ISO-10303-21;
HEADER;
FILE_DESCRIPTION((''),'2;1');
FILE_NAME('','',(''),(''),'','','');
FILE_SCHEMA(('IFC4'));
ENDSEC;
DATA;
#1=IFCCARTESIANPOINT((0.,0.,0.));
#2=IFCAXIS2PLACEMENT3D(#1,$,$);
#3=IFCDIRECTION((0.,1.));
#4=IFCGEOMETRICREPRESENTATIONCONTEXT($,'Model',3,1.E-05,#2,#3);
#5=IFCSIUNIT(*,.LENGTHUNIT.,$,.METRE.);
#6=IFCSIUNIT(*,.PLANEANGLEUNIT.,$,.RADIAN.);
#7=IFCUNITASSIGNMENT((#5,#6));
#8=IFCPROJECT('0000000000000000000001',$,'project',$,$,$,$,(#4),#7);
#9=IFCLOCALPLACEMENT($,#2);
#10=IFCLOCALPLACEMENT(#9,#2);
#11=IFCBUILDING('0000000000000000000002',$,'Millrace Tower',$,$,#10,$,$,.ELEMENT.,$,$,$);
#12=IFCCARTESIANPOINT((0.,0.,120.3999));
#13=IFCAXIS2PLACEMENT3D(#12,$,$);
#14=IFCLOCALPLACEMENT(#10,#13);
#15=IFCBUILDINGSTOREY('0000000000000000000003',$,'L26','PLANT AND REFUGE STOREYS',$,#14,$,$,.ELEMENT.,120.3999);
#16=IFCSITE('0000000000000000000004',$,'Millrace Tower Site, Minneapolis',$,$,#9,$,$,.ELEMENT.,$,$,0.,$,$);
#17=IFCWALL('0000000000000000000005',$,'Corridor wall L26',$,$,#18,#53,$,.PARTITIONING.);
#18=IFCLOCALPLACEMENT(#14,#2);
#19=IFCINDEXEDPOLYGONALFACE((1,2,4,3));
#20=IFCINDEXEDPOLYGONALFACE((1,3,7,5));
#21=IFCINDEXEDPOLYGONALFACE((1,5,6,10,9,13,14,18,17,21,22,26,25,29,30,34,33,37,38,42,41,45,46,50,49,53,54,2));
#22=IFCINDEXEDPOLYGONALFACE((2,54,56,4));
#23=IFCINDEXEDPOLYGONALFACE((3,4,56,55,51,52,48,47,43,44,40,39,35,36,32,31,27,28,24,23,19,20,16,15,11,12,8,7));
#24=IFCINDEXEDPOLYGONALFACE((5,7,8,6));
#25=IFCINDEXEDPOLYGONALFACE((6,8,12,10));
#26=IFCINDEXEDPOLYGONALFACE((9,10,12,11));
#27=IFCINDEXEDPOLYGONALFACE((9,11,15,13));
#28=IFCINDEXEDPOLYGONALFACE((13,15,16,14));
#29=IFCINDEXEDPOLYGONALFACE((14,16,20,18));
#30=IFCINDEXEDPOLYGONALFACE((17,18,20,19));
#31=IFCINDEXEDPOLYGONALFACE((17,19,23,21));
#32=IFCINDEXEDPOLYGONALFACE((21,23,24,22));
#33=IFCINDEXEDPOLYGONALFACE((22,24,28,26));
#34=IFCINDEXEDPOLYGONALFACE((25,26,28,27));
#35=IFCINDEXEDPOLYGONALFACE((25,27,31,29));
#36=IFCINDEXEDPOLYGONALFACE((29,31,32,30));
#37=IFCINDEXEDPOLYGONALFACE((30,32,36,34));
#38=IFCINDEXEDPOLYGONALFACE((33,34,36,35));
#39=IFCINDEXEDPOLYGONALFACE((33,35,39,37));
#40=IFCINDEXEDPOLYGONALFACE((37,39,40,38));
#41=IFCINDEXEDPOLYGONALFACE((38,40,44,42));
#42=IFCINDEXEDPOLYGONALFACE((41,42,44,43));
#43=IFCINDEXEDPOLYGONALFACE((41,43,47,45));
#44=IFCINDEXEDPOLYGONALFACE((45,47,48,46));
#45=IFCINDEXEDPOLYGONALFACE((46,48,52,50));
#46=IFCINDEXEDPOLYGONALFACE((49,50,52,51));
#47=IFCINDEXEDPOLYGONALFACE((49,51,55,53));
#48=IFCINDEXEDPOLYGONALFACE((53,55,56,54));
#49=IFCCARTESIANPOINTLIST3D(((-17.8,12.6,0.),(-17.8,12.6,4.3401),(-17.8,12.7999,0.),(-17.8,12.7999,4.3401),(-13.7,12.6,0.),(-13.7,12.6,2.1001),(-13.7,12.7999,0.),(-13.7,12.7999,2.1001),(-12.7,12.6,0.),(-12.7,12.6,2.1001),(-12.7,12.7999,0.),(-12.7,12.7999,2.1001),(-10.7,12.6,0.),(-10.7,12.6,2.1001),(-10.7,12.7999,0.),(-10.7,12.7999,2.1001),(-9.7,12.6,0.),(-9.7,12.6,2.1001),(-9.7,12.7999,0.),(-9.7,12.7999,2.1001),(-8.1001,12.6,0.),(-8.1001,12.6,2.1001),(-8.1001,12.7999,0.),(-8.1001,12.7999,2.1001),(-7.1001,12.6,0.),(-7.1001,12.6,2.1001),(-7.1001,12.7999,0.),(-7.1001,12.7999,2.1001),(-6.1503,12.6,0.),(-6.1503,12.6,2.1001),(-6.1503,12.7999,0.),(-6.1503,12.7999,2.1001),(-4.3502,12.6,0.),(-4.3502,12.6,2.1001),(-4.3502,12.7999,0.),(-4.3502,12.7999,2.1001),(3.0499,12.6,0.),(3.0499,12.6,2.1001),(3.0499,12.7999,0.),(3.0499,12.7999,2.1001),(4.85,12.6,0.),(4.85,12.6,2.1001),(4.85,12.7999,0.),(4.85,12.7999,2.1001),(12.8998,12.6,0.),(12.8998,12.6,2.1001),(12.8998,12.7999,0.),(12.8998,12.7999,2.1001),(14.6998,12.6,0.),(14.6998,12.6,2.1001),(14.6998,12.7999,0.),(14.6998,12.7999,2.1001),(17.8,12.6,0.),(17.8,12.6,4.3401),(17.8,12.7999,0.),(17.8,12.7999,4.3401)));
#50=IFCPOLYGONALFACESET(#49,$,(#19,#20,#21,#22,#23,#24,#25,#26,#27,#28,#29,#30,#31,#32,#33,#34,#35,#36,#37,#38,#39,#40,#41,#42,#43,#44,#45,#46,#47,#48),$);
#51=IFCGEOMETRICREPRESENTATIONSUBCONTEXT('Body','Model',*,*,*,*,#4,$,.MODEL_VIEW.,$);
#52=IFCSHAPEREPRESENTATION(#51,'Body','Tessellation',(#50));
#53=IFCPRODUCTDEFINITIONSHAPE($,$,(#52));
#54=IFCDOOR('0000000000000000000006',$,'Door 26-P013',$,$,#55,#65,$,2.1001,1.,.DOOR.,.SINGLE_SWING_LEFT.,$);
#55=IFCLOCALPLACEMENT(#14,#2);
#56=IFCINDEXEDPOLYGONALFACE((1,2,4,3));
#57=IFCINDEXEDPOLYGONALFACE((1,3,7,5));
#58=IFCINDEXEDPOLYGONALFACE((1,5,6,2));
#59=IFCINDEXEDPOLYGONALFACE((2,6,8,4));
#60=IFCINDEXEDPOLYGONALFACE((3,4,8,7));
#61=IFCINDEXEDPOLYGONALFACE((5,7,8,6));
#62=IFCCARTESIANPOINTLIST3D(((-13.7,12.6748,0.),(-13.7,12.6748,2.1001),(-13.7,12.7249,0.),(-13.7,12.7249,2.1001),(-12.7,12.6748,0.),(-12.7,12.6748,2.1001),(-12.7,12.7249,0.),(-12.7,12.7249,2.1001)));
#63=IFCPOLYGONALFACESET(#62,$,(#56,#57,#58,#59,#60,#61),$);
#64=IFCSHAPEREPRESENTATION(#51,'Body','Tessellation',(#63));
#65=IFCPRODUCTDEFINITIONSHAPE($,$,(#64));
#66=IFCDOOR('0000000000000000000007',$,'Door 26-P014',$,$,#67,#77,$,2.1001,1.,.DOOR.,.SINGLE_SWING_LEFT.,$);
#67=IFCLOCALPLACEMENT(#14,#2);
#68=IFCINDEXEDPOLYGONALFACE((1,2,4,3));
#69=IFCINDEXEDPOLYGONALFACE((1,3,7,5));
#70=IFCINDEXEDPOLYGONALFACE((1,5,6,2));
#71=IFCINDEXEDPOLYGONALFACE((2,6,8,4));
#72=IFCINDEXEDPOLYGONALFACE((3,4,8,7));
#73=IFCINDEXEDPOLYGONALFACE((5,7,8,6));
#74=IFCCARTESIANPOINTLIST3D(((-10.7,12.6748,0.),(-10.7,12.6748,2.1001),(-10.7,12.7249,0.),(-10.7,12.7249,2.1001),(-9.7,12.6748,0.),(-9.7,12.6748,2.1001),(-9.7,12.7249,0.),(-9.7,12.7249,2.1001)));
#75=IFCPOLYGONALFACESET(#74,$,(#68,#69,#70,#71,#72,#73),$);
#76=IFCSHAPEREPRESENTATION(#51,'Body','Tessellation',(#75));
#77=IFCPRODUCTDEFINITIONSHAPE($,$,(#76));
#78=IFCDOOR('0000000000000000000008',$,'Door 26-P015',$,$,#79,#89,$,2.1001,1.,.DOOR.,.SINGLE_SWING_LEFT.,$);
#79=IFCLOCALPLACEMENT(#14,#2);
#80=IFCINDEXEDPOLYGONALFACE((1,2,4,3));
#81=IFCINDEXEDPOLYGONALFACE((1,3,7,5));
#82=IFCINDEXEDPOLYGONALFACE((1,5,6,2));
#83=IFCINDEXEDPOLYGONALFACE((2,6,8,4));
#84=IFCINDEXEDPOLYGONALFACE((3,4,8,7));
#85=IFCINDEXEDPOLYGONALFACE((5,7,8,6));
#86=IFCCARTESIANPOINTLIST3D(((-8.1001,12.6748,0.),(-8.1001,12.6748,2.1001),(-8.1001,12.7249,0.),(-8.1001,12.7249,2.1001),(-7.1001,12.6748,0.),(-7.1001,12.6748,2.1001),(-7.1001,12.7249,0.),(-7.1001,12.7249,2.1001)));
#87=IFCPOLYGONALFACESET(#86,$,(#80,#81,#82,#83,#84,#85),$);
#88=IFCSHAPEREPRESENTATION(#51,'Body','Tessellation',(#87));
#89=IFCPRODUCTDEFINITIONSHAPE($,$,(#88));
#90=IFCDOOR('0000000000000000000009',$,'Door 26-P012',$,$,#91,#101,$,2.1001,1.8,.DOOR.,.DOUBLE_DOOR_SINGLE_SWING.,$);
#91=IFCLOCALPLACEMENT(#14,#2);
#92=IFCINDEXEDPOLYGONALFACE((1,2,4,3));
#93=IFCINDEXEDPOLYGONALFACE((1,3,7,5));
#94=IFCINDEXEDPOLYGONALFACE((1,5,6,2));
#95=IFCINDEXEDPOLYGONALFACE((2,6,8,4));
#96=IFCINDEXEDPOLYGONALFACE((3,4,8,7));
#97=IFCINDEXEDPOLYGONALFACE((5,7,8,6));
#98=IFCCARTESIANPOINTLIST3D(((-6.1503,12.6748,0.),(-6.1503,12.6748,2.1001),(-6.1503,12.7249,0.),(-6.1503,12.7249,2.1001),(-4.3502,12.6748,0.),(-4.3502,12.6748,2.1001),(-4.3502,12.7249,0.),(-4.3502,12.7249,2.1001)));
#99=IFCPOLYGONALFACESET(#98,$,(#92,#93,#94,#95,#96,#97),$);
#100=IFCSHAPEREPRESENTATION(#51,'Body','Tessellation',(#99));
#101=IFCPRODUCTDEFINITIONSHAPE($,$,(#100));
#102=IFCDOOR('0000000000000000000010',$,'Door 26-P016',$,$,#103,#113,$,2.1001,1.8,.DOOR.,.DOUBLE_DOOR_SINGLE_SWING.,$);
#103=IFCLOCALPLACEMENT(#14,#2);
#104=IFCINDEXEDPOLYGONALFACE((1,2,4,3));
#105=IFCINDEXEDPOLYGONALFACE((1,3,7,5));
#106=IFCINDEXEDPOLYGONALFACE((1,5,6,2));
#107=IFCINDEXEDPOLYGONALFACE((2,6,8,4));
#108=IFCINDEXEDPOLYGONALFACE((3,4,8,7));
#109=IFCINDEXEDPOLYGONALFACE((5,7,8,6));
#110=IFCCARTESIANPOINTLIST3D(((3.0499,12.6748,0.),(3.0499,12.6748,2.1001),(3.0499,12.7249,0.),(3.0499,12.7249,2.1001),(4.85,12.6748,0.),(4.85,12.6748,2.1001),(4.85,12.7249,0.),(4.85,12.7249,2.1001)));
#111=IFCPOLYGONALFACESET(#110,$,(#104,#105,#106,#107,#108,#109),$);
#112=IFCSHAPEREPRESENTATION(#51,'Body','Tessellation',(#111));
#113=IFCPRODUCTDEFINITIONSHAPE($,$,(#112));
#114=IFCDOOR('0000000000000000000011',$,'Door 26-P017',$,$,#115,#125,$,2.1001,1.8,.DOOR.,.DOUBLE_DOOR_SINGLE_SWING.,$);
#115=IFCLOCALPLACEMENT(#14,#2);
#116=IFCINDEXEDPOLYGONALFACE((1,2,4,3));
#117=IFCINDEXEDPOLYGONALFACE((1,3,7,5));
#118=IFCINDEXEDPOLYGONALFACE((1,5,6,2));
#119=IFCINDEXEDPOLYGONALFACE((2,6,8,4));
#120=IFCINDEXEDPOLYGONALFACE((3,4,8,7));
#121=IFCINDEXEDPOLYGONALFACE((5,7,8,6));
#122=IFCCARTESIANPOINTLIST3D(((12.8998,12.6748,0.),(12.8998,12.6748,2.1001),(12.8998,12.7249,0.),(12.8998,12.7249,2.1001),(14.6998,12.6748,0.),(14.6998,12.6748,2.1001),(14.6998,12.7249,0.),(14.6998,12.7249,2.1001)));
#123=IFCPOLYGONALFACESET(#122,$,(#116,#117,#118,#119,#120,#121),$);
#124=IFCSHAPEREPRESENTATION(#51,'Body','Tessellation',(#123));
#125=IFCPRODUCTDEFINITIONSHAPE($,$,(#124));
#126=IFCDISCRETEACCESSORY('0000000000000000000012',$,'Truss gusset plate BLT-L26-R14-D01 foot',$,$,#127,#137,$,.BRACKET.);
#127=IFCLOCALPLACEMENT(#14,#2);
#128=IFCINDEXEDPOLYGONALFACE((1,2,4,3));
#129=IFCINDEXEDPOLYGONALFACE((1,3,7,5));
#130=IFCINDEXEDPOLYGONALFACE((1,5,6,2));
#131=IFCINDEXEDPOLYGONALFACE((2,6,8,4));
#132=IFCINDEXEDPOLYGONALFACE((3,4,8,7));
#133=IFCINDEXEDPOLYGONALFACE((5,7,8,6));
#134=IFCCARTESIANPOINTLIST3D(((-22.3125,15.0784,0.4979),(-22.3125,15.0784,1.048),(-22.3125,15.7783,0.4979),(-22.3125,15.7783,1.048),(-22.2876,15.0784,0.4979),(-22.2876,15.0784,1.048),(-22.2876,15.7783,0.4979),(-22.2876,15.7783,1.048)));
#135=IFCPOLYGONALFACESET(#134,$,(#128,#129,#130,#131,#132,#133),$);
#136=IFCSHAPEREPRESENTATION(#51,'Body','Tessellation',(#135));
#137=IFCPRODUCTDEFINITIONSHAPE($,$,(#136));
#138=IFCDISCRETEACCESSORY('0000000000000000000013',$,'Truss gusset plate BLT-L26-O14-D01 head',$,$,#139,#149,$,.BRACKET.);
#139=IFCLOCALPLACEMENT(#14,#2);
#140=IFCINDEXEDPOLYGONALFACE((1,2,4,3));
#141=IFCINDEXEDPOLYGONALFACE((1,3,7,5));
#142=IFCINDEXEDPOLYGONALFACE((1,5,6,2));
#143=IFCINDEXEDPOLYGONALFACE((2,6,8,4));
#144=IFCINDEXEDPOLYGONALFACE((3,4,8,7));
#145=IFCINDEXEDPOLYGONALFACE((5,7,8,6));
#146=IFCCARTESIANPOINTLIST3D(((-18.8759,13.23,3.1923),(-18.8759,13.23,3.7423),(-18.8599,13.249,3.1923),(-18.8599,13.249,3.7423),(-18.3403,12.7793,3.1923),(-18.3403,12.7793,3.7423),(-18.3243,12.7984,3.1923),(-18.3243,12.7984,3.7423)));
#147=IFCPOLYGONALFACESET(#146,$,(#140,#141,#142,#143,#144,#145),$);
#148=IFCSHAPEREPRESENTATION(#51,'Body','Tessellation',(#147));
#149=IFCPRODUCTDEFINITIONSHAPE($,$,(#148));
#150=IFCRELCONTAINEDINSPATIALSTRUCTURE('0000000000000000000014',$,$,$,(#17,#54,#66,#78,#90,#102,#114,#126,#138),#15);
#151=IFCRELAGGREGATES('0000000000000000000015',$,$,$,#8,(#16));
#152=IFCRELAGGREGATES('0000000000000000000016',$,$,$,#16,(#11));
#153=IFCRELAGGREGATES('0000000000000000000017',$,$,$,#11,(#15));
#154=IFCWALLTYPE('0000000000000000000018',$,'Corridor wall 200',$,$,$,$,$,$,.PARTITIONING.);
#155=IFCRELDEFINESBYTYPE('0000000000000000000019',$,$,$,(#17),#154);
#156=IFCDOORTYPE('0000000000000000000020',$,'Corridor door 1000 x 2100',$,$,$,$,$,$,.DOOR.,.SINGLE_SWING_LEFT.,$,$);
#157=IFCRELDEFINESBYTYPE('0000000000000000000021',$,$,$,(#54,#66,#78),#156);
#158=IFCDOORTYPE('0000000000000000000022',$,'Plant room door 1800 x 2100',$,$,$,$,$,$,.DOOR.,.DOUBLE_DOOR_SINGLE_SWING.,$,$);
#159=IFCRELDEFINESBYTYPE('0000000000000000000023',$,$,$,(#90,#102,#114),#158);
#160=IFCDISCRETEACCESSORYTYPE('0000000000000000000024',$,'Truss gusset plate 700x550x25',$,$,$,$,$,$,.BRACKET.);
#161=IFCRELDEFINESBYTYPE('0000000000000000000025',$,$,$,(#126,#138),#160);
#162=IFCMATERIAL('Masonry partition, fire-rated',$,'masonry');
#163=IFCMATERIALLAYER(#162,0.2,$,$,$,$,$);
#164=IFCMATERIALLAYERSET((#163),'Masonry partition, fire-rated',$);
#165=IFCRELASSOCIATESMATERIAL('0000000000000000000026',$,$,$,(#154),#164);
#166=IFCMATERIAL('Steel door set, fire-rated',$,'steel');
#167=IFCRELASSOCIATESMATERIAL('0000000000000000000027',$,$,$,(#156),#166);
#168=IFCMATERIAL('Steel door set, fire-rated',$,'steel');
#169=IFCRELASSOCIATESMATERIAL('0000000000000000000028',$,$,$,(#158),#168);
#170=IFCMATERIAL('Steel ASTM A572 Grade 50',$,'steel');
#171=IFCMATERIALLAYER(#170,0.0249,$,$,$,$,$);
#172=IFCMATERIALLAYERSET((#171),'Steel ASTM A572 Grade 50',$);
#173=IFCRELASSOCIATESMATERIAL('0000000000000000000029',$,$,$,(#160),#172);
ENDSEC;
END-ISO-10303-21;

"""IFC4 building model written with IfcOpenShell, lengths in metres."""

from ifc_helpers import new_model, si_unit, direction, frame, frame_2d, origin, origin_2d, place, context, subcontext, project, spatial, rectangle, extrude, material, layer, layer_set, type_object, element, fill, save


model = new_model("IFC4")

# Units and contexts
model_context = context("Model", 3, precision=1e-05, world=origin(), true_north=direction((0.0, 1.0)))
body_context = subcontext(model_context, "Body", "Model", "MODEL_VIEW")
ifc_project = project(units=[si_unit("LENGTHUNIT", "METRE"), si_unit("PLANEANGLEUNIT", "RADIAN")], contexts=[model_context])

# Site, building, storey
site_placement = place(None, origin())
site = spatial("IfcSite", under=ifc_project, at=site_placement, Name="Millrace Tower Site, Minneapolis", CompositionType="ELEMENT", RefElevation=0.0)
building_placement = place(site_placement, origin())
building = spatial("IfcBuilding", under=site, at=building_placement, Name="Millrace Tower", CompositionType="ELEMENT")
storey_placement = place(building_placement, frame((0.0, 0.0, 120.3999)))
storey = spatial("IfcBuildingStorey", under=building, at=storey_placement, Name="L26", Description="PLANT AND REFUGE STOREYS", CompositionType="ELEMENT", Elevation=120.3999)

# Wall, openings, doors
ifc_material_1 = material(Name="Masonry partition, fire-rated", Category="masonry")
ifc_layer_1 = layer(ifc_material_1, 0.2)
ifc_layer_set_1 = layer_set([ifc_layer_1], Name="Masonry partition, fire-rated")
wall_type = type_object("IfcWallType", Name="Corridor wall 200", PredefinedType="PARTITIONING", material=ifc_layer_set_1)
wall_placement = place(storey_placement, frame((-17.8, 12.7, 0.0), z_axis=(0.0, 0.0, 1.0), x_axis=(1.0, 0.0, 0.0)))
wall = element("IfcWall", 1, at=wall_placement, inside=storey, type_object=wall_type, Name="Corridor wall L26", PredefinedType="PARTITIONING", context=body_context, shape_type="SweptSolid", body=[
    extrude(rectangle(XDim=35.6001, YDim=0.2, at=frame_2d((17.8, 0.0))), origin(), (0.0, 0.0, 1.0), 4.3401),
])
opening_1_placement = place(wall_placement, frame((11.6499, 0.0, 0.0)))
opening_1 = element("IfcOpeningElement", 2, at=opening_1_placement, cuts=wall, PredefinedType="OPENING", context=body_context, shape_type="SweptSolid", body=[
    extrude(rectangle(XDim=1.8, YDim=2.1001, at=frame_2d((0.8999, 1.05))), frame((0.0, 0.1099, 0.0), z_axis=(0.0, -1.0, 0.0), x_axis=(1.0, 0.0, 0.0)), (0.0, 0.0, 1.0), 0.22),
])
opening_2_placement = place(wall_placement, frame((4.1001, 0.0, 0.0)))
opening_2 = element("IfcOpeningElement", 3, at=opening_2_placement, cuts=wall, PredefinedType="OPENING", context=body_context, shape_type="SweptSolid", body=[
    extrude(rectangle(XDim=1.0, YDim=2.1001, at=frame_2d((0.5, 1.05))), frame((0.0, 0.1099, 0.0), z_axis=(0.0, -1.0, 0.0), x_axis=(1.0, 0.0, 0.0)), (0.0, 0.0, 1.0), 0.22),
])
opening_3_placement = place(wall_placement, frame((7.1001, 0.0, 0.0)))
opening_3 = element("IfcOpeningElement", 4, at=opening_3_placement, cuts=wall, PredefinedType="OPENING", context=body_context, shape_type="SweptSolid", body=[
    extrude(rectangle(XDim=1.0, YDim=2.1001, at=frame_2d((0.5, 1.05))), frame((0.0, 0.1099, 0.0), z_axis=(0.0, -1.0, 0.0), x_axis=(1.0, 0.0, 0.0)), (0.0, 0.0, 1.0), 0.22),
])
opening_4_placement = place(wall_placement, frame((9.7, 0.0, 0.0)))
opening_4 = element("IfcOpeningElement", 5, at=opening_4_placement, cuts=wall, PredefinedType="OPENING", context=body_context, shape_type="SweptSolid", body=[
    extrude(rectangle(XDim=1.0, YDim=2.1001, at=frame_2d((0.5, 1.05))), frame((0.0, 0.1099, 0.0), z_axis=(0.0, -1.0, 0.0), x_axis=(1.0, 0.0, 0.0)), (0.0, 0.0, 1.0), 0.22),
])
opening_5_placement = place(wall_placement, frame((20.8501, 0.0, 0.0)))
opening_5 = element("IfcOpeningElement", 6, at=opening_5_placement, cuts=wall, PredefinedType="OPENING", context=body_context, shape_type="SweptSolid", body=[
    extrude(rectangle(XDim=1.8, YDim=2.1001, at=frame_2d((0.8999, 1.05))), frame((0.0, 0.1099, 0.0), z_axis=(0.0, -1.0, 0.0), x_axis=(1.0, 0.0, 0.0)), (0.0, 0.0, 1.0), 0.22),
])
opening_6_placement = place(wall_placement, frame((30.7, 0.0, 0.0)))
opening_6 = element("IfcOpeningElement", 7, at=opening_6_placement, cuts=wall, PredefinedType="OPENING", context=body_context, shape_type="SweptSolid", body=[
    extrude(rectangle(XDim=1.8, YDim=2.1001, at=frame_2d((0.8999, 1.05))), frame((0.0, 0.1099, 0.0), z_axis=(0.0, -1.0, 0.0), x_axis=(1.0, 0.0, 0.0)), (0.0, 0.0, 1.0), 0.22),
])
ifc_material_2 = material(Name="Steel door set, fire-rated", Category="steel")
door_type_1 = type_object("IfcDoorType", Name="Corridor door 1000 x 2100", OperationType="SINGLE_SWING_LEFT", PredefinedType="DOOR", material=ifc_material_2)
door_1_placement = place(opening_2_placement, origin())
door_1 = element("IfcDoor", 8, at=door_1_placement, inside=storey, type_object=door_type_1, Name="Door 26-P013", OperationType="SINGLE_SWING_LEFT", OverallHeight=2.1001, OverallWidth=1.0, PredefinedType="DOOR", context=body_context, shape_type="SweptSolid", body=[
    extrude(rectangle(XDim=1.0, YDim=2.1001, at=frame_2d((0.5, 1.05))), frame((0.0, 0.0249, 0.0), z_axis=(0.0, -1.0, 0.0), x_axis=(1.0, 0.0, 0.0)), (0.0, 0.0, 1.0), 0.05),
])
fill(opening_2, door_1)
door_2_placement = place(opening_3_placement, origin())
door_2 = element("IfcDoor", 9, at=door_2_placement, inside=storey, type_object=door_type_1, Name="Door 26-P014", OperationType="SINGLE_SWING_LEFT", OverallHeight=2.1001, OverallWidth=1.0, PredefinedType="DOOR", context=body_context, shape_type="SweptSolid", body=[
    extrude(rectangle(XDim=1.0, YDim=2.1001, at=frame_2d((0.5, 1.05))), frame((0.0, 0.0249, 0.0), z_axis=(0.0, -1.0, 0.0), x_axis=(1.0, 0.0, 0.0)), (0.0, 0.0, 1.0), 0.05),
])
fill(opening_3, door_2)
door_3_placement = place(opening_4_placement, origin())
door_3 = element("IfcDoor", 10, at=door_3_placement, inside=storey, type_object=door_type_1, Name="Door 26-P015", OperationType="SINGLE_SWING_LEFT", OverallHeight=2.1001, OverallWidth=1.0, PredefinedType="DOOR", context=body_context, shape_type="SweptSolid", body=[
    extrude(rectangle(XDim=1.0, YDim=2.1001, at=frame_2d((0.5, 1.05))), frame((0.0, 0.0249, 0.0), z_axis=(0.0, -1.0, 0.0), x_axis=(1.0, 0.0, 0.0)), (0.0, 0.0, 1.0), 0.05),
])
fill(opening_4, door_3)
ifc_material_3 = material(Name="Steel door set, fire-rated", Category="steel")
door_type_2 = type_object("IfcDoorType", Name="Plant room door 1800 x 2100", OperationType="DOUBLE_DOOR_SINGLE_SWING", PredefinedType="DOOR", material=ifc_material_3)
door_4_placement = place(opening_1_placement, origin())
door_4 = element("IfcDoor", 11, at=door_4_placement, inside=storey, type_object=door_type_2, Name="Door 26-P012", OperationType="DOUBLE_DOOR_SINGLE_SWING", OverallHeight=2.1001, OverallWidth=1.8, PredefinedType="DOOR", context=body_context, shape_type="SweptSolid", body=[
    extrude(rectangle(XDim=1.8, YDim=2.1001, at=frame_2d((0.8999, 1.05))), frame((0.0, 0.0249, 0.0), z_axis=(0.0, -1.0, 0.0), x_axis=(1.0, 0.0, 0.0)), (0.0, 0.0, 1.0), 0.05),
])
fill(opening_1, door_4)
door_5_placement = place(opening_5_placement, origin())
door_5 = element("IfcDoor", 12, at=door_5_placement, inside=storey, type_object=door_type_2, Name="Door 26-P016", OperationType="DOUBLE_DOOR_SINGLE_SWING", OverallHeight=2.1001, OverallWidth=1.8, PredefinedType="DOOR", context=body_context, shape_type="SweptSolid", body=[
    extrude(rectangle(XDim=1.8, YDim=2.1001, at=frame_2d((0.8999, 1.05))), frame((0.0, 0.0249, 0.0), z_axis=(0.0, -1.0, 0.0), x_axis=(1.0, 0.0, 0.0)), (0.0, 0.0, 1.0), 0.05),
])
fill(opening_5, door_5)
door_6_placement = place(opening_6_placement, origin())
door_6 = element("IfcDoor", 13, at=door_6_placement, inside=storey, type_object=door_type_2, Name="Door 26-P017", OperationType="DOUBLE_DOOR_SINGLE_SWING", OverallHeight=2.1001, OverallWidth=1.8, PredefinedType="DOOR", context=body_context, shape_type="SweptSolid", body=[
    extrude(rectangle(XDim=1.8, YDim=2.1001, at=frame_2d((0.8999, 1.05))), frame((0.0, 0.0249, 0.0), z_axis=(0.0, -1.0, 0.0), x_axis=(1.0, 0.0, 0.0)), (0.0, 0.0, 1.0), 0.05),
])
fill(opening_6, door_6)

# Discrete accessories
ifc_material_4 = material(Name="Steel ASTM A572 Grade 50", Category="steel")
ifc_layer_2 = layer(ifc_material_4, 0.0249)
ifc_layer_set_2 = layer_set([ifc_layer_2], Name="Steel ASTM A572 Grade 50")
discrete_accessory_type = type_object("IfcDiscreteAccessoryType", Name="Truss gusset plate 700x550x25", PredefinedType="BRACKET", material=ifc_layer_set_2)
for number, where, z_axis, x_axis, name in (
    (14, (-22.3, 15.0784, 0.7729), (0.0, 1.0, 0.0), (-1.0, 0.0, 0.0), "Truss gusset plate BLT-L26-R14-D01 foot"),
    (15, (-18.8679, 13.2395, 3.4673), (0.765182, -0.643813, 0.0), (0.643813, 0.765182, 0.0), "Truss gusset plate BLT-L26-O14-D01 head"),
):
    element("IfcDiscreteAccessory", number, at=place(storey_placement, frame(where, z_axis=z_axis, x_axis=x_axis)), inside=storey, type_object=discrete_accessory_type, Name=name, PredefinedType="BRACKET", context=body_context, shape_type="SweptSolid", body=[
        extrude(rectangle(XDim=0.0249, YDim=0.55, at=origin_2d()), origin(), (0.0, 0.0, 1.0), 0.7),
    ])

save(model, "model.ifc")
